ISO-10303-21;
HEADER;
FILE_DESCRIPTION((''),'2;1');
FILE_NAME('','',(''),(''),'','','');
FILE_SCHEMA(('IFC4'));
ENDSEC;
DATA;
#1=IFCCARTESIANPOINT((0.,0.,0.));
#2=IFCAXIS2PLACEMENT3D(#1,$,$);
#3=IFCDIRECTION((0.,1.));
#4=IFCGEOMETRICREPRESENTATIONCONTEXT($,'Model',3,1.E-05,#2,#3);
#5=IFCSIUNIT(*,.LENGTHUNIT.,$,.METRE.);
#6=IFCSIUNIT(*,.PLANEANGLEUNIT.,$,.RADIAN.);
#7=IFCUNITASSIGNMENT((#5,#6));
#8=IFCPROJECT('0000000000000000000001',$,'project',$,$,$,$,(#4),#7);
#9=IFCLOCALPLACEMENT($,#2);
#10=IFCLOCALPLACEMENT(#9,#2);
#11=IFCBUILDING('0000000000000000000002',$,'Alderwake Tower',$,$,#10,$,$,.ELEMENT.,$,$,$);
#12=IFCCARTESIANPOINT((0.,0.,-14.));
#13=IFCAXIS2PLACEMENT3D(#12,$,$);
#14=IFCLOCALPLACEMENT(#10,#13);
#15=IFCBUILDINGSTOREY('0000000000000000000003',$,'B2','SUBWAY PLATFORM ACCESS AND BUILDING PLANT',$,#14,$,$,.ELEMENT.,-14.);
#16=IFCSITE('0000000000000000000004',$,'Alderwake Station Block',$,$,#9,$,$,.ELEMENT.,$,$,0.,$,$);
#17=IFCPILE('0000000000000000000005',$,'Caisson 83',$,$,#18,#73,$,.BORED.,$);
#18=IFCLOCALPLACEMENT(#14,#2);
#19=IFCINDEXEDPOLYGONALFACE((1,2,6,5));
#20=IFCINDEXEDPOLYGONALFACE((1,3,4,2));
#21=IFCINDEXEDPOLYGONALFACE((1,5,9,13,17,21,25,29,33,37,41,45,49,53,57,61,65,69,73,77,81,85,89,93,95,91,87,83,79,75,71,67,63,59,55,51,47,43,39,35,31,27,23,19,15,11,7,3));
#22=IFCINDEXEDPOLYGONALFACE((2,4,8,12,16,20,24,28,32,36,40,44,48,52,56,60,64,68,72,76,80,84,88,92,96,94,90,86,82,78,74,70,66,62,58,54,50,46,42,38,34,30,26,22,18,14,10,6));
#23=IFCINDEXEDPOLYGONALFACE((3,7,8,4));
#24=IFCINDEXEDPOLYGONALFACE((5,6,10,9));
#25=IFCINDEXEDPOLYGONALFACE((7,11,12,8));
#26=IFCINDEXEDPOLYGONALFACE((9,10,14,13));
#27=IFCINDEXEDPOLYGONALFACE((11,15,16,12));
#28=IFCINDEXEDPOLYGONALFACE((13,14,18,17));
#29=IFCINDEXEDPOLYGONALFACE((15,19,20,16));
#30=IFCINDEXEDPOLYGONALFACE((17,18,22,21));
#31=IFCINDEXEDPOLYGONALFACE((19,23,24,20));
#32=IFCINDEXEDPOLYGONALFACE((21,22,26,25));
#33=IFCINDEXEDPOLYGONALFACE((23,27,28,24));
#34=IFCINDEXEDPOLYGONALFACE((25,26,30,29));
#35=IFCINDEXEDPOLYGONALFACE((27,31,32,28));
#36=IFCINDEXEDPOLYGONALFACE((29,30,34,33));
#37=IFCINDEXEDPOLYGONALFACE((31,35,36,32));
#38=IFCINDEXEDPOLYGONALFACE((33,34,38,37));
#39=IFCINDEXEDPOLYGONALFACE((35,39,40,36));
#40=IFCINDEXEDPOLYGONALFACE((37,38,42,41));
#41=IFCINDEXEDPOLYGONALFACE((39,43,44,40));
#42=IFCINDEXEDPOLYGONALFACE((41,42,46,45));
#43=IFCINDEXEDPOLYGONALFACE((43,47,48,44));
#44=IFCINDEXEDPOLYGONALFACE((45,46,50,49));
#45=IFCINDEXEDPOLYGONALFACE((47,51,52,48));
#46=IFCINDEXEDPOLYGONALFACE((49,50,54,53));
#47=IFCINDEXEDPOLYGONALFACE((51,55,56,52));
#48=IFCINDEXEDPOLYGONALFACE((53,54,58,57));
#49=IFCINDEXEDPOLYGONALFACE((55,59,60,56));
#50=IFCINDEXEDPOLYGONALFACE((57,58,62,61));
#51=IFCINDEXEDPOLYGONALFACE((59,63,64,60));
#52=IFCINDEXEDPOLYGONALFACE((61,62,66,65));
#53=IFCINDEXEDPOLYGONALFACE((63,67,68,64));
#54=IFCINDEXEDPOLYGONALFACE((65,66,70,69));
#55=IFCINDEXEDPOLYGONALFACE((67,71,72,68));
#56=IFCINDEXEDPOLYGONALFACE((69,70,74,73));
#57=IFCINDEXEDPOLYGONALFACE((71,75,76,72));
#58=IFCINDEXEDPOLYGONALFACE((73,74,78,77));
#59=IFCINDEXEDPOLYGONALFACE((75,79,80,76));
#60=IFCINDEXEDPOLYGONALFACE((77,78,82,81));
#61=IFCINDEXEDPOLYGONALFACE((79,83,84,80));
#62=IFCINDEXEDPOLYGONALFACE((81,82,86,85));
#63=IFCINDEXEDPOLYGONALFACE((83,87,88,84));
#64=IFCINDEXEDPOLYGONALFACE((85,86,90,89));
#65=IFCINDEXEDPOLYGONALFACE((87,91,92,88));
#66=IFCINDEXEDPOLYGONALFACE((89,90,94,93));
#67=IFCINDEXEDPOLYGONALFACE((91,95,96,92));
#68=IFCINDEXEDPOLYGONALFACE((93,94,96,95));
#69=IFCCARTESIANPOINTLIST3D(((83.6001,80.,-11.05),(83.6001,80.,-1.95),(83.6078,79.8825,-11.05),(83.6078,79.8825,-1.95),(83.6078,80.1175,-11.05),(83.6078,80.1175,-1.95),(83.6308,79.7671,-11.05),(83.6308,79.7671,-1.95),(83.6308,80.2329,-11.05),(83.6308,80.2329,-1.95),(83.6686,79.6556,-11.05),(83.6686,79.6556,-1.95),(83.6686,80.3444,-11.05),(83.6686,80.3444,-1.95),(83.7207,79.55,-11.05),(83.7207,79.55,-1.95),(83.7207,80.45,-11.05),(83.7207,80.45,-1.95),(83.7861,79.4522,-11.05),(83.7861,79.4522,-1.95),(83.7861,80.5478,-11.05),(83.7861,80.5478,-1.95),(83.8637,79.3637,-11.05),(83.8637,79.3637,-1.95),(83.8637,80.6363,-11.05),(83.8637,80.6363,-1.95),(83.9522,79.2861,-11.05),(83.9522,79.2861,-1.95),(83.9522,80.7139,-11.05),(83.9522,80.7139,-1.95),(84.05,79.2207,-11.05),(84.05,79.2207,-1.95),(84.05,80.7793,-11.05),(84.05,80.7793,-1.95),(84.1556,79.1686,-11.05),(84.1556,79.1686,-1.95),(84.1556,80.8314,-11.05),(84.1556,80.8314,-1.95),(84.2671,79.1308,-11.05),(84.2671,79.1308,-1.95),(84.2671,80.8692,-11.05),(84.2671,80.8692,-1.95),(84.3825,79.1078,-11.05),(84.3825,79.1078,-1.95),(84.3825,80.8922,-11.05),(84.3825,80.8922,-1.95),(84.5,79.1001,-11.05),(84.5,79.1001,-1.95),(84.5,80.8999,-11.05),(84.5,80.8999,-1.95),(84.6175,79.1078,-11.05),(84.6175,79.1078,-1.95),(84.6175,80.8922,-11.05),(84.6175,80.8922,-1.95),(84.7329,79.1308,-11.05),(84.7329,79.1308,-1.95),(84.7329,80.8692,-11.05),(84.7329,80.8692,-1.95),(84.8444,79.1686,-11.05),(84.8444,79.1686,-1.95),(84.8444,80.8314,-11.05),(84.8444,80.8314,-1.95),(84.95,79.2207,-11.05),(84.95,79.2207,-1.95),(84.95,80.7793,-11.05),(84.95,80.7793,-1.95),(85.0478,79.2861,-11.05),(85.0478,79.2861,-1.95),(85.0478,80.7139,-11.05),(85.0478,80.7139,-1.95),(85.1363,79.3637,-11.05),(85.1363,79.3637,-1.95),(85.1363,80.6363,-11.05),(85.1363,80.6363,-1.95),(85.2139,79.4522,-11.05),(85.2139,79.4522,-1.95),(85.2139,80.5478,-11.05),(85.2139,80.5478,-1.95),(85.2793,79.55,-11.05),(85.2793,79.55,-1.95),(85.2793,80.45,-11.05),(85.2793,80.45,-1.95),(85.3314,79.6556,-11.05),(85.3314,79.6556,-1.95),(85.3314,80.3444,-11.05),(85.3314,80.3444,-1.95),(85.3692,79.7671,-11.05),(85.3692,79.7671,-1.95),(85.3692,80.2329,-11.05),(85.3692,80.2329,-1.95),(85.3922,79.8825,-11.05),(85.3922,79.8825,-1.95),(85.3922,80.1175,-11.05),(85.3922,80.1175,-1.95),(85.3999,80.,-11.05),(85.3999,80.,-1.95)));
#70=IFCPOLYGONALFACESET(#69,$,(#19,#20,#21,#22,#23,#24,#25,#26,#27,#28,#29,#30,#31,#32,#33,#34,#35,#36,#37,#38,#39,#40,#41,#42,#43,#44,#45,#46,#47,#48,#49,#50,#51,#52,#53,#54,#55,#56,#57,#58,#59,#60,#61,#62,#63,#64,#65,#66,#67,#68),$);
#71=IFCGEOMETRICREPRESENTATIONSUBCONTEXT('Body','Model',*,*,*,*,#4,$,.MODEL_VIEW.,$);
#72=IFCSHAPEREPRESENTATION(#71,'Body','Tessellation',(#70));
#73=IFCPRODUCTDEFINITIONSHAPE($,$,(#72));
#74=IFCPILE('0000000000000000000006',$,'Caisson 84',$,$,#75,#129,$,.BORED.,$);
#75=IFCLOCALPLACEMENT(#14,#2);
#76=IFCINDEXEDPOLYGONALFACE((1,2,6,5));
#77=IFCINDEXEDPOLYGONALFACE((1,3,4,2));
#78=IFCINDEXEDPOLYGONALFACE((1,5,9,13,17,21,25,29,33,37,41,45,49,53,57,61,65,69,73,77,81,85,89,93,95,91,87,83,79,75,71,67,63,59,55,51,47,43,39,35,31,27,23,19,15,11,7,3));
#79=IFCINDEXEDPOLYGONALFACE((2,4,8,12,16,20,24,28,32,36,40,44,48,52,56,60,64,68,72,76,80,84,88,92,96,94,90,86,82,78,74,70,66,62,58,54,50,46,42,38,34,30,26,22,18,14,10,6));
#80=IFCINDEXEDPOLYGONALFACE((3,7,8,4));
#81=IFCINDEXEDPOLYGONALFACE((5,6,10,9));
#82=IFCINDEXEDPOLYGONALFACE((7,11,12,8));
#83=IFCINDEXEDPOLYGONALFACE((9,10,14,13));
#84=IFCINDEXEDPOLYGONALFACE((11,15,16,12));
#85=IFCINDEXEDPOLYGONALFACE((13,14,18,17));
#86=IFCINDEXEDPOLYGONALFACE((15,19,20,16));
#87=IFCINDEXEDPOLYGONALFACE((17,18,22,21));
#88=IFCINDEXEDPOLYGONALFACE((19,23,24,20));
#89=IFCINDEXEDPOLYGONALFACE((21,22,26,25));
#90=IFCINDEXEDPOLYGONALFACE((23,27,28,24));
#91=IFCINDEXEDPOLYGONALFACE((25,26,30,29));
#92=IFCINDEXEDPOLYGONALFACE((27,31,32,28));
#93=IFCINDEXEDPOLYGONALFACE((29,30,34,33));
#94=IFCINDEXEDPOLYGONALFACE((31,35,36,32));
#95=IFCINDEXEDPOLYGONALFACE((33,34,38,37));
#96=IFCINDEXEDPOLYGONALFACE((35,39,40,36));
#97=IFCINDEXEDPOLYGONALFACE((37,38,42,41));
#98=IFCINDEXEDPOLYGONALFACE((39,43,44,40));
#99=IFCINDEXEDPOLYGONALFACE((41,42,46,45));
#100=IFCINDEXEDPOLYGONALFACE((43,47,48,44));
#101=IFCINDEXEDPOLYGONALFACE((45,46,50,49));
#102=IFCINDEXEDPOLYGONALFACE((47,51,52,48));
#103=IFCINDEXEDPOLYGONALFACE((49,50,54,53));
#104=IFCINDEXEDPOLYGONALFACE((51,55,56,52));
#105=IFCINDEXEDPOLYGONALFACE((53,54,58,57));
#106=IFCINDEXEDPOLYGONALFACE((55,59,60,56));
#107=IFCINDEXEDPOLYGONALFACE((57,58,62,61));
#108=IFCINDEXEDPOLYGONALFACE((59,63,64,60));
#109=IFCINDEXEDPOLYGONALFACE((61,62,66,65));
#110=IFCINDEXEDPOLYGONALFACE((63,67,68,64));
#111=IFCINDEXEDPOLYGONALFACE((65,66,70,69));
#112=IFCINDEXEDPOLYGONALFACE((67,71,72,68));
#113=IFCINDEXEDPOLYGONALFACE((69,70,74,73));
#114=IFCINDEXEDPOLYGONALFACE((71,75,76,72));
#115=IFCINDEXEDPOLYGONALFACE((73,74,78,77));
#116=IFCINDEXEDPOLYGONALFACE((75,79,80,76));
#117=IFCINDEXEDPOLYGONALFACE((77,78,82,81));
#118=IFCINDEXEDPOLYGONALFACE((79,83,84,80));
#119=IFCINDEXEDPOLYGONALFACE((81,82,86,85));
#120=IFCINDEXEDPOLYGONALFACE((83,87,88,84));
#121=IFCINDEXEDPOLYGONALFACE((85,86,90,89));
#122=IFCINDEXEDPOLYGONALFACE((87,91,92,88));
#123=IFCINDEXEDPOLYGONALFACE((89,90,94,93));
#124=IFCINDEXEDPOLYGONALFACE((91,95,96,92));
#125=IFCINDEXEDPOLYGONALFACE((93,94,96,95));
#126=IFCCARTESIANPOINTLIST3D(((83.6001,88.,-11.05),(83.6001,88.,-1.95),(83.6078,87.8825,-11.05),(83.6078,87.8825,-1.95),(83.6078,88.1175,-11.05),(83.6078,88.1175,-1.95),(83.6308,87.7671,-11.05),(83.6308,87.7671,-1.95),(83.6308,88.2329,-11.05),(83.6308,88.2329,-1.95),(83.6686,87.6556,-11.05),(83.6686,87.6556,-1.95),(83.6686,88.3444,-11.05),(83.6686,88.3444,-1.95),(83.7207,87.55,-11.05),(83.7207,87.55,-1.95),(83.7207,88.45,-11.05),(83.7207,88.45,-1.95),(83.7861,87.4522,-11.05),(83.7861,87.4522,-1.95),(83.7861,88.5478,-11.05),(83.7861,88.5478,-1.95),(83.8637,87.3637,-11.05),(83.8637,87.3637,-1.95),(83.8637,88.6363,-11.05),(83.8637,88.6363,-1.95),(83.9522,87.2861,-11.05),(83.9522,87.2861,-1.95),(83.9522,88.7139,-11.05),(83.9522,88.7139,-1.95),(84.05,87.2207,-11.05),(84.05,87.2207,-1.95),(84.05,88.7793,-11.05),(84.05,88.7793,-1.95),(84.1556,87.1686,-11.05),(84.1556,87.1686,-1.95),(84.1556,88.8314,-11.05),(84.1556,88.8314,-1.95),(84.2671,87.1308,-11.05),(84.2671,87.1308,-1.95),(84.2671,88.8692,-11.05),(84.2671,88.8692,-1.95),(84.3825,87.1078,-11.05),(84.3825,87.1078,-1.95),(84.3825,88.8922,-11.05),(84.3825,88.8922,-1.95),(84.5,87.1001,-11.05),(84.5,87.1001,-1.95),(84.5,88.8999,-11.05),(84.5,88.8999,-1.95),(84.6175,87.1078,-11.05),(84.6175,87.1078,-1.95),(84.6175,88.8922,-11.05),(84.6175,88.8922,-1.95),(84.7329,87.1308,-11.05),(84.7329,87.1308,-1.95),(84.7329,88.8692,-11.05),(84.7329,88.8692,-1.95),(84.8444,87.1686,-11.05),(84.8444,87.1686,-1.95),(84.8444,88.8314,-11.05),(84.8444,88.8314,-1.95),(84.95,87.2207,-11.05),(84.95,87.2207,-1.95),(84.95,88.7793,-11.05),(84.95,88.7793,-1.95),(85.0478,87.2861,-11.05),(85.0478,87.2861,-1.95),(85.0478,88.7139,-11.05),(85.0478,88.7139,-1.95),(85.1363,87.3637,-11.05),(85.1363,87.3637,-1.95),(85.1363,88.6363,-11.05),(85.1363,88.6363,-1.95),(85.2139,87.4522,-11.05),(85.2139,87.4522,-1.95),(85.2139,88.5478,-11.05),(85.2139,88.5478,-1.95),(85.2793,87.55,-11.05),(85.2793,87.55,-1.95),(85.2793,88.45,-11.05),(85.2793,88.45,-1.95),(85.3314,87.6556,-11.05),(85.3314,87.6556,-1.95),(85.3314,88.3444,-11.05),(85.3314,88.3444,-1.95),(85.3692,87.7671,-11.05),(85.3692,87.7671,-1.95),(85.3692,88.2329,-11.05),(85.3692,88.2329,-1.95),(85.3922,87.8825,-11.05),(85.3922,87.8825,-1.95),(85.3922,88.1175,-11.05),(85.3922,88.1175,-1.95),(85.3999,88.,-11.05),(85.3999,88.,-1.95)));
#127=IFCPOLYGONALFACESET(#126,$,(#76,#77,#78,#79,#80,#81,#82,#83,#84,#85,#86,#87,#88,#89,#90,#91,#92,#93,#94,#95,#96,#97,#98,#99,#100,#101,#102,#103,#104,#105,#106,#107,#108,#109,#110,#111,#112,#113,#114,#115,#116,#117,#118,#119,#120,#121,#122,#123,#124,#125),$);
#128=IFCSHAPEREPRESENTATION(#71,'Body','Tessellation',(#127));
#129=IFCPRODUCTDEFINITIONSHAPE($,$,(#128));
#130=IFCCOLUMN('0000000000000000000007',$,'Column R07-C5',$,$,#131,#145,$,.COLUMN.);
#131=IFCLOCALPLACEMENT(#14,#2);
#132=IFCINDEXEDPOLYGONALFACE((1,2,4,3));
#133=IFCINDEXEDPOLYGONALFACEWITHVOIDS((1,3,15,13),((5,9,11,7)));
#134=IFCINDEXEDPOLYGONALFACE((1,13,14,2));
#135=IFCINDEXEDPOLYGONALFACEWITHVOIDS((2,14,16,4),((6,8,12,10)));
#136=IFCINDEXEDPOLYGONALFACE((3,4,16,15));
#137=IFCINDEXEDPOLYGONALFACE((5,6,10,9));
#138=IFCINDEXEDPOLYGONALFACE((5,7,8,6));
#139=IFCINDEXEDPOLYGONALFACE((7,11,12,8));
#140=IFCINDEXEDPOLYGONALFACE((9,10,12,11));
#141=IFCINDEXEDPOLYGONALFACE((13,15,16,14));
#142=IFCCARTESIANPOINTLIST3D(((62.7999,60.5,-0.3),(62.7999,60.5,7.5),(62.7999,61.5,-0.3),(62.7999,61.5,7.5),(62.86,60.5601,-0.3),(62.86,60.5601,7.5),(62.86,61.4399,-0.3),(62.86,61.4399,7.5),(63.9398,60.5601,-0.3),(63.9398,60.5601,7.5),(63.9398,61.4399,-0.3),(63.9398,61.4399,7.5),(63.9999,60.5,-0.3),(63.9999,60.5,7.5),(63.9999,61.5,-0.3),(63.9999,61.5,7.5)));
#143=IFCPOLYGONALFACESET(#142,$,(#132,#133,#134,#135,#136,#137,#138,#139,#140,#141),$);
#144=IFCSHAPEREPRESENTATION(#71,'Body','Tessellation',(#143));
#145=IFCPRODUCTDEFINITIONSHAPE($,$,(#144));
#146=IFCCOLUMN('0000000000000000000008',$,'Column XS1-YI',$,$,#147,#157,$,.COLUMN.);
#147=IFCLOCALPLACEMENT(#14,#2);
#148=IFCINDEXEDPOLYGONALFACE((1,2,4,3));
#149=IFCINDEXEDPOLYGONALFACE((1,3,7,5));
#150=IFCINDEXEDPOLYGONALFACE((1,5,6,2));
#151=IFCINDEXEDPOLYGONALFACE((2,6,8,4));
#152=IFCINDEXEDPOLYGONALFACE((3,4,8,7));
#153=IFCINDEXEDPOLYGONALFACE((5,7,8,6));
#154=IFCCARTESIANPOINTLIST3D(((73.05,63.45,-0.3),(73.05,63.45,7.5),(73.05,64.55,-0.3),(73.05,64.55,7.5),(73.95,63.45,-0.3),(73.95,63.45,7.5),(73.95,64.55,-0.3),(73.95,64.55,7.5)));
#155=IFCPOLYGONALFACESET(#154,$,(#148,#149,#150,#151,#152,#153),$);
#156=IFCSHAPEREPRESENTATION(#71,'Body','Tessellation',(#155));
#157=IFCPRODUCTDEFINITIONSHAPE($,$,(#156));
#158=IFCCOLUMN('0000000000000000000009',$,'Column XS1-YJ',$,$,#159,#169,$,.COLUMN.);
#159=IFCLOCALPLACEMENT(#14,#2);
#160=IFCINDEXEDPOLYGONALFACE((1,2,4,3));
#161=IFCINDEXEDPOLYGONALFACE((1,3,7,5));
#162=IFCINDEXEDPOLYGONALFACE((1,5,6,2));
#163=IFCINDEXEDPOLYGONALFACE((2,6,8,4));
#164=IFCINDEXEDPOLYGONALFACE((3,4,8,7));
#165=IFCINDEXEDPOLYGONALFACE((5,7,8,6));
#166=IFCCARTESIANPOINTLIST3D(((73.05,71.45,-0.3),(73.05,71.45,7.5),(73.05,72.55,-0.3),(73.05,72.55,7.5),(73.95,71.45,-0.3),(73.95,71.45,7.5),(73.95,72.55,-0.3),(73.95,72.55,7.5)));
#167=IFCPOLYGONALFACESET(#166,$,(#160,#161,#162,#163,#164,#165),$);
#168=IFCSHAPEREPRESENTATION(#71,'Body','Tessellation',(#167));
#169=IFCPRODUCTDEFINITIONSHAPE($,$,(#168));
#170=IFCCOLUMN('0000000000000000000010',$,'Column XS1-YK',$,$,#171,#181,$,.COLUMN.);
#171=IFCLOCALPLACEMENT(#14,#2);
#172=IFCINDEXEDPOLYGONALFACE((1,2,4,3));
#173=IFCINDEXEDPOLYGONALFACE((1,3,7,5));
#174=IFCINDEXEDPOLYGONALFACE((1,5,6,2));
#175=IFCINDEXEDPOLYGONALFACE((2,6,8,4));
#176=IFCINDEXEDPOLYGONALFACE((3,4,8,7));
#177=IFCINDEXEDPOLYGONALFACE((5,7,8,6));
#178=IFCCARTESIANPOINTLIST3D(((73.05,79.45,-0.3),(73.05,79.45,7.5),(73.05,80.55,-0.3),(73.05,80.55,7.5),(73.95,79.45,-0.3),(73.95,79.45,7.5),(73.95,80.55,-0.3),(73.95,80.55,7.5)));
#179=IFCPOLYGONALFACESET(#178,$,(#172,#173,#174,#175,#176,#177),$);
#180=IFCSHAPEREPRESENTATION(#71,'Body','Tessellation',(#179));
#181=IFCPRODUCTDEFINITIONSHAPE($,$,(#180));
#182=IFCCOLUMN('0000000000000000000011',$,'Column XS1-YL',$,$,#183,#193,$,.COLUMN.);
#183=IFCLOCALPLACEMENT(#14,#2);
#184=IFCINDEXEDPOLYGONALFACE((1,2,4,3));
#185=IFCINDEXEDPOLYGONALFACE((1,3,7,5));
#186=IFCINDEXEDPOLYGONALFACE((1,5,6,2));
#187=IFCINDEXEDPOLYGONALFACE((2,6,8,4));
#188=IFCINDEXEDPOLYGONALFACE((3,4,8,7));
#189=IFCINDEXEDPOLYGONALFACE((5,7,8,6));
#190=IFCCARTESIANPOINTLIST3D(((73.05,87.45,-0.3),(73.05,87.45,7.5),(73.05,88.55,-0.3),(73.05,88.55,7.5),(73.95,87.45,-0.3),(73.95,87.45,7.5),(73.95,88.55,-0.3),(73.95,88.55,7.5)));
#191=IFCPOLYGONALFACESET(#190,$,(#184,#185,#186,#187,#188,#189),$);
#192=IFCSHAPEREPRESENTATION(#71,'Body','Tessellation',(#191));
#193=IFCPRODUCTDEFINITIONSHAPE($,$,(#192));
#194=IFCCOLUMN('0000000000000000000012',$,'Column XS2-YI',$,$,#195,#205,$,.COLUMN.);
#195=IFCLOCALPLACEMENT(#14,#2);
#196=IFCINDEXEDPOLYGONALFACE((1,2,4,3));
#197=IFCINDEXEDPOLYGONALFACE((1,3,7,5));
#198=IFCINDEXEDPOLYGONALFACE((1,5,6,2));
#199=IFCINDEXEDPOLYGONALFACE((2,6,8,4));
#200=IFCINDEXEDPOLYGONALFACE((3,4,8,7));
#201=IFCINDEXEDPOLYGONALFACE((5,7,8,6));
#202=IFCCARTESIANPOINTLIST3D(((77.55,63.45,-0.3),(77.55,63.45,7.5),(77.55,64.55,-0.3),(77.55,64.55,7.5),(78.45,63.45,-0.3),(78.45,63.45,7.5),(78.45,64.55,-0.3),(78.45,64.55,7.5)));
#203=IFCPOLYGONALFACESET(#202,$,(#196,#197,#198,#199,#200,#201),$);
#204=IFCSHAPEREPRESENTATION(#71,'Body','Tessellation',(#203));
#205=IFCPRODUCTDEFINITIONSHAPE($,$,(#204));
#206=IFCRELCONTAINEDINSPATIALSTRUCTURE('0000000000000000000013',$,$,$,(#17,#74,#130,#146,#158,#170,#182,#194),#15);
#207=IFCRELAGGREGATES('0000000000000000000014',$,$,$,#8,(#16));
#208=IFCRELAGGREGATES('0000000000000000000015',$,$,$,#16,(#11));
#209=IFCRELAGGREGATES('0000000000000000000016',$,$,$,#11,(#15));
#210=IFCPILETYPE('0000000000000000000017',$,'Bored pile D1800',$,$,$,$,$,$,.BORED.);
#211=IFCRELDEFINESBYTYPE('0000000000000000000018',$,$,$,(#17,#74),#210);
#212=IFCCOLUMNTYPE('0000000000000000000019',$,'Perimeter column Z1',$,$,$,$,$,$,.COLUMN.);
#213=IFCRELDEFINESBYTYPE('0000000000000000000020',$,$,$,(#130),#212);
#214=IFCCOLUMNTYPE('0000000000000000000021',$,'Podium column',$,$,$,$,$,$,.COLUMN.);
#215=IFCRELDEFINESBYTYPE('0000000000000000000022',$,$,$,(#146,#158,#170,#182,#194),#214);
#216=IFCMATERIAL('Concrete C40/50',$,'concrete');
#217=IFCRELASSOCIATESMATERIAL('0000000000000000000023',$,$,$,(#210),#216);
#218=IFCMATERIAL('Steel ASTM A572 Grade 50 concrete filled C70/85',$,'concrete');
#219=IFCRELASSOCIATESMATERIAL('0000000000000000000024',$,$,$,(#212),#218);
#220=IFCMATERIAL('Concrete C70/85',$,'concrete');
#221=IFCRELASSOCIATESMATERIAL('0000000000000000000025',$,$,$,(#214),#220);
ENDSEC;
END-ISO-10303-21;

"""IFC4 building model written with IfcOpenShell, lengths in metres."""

from ifc_helpers import new_model, si_unit, direction, frame, origin, origin_2d, place, context, subcontext, project, spatial, rectangle, hollow_rectangle, circle, extrude, material, material_profile, profile_set, type_object, element, save


model = new_model("IFC4")

# Units and contexts
model_context = context("Model", 3, precision=1e-05, world=origin(), true_north=direction((0.0, 1.0)))
body_context = subcontext(model_context, "Body", "Model", "MODEL_VIEW")
ifc_project = project(units=[si_unit("LENGTHUNIT", "METRE"), si_unit("PLANEANGLEUNIT", "RADIAN")], contexts=[model_context])

# Site, building, storey
site_placement = place(None, origin())
site = spatial("IfcSite", under=ifc_project, at=site_placement, Name="Alderwake Station Block", CompositionType="ELEMENT", RefElevation=0.0)
building_placement = place(site_placement, origin())
building = spatial("IfcBuilding", under=site, at=building_placement, Name="Alderwake Tower", CompositionType="ELEMENT")
storey_placement = place(building_placement, frame((0.0, 0.0, -14.0)))
storey = spatial("IfcBuildingStorey", under=building, at=storey_placement, Name="B2", Description="SUBWAY PLATFORM ACCESS AND BUILDING PLANT", CompositionType="ELEMENT", Elevation=-14.0)

# Piles
ifc_material_1 = material(Name="Concrete C40/50", Category="concrete")
ifc_material_profile_1 = material_profile(ifc_material_1, circle(Radius=0.8999, at=origin_2d()), Name="PILE 1800")
ifc_profile_set_1 = profile_set([ifc_material_profile_1], Name="Concrete C40/50")
pile_type = type_object("IfcPileType", Name="Bored pile D1800", PredefinedType="BORED", material=ifc_profile_set_1)
for number, where, z_axis, x_axis, name in (
    (1, (84.5, 80.0, -1.95), (0.0, 0.0, -1.0), (1.0, 0.0, 0.0), "Caisson 83"),
    (2, (84.5, 88.0, -1.95), (0.0, 0.0, -1.0), (1.0, 0.0, 0.0), "Caisson 84"),
):
    element("IfcPile", number, at=place(storey_placement, frame(where, z_axis=z_axis, x_axis=x_axis)), inside=storey, type_object=pile_type, Name=name, PredefinedType="BORED", context=body_context, shape_type="SweptSolid", body=[
        extrude(circle(Radius=0.8999, at=origin_2d()), origin(), (0.0, 0.0, 1.0), 9.1001),
    ])

# Columns
ifc_material_2 = material(Name="Steel ASTM A572 Grade 50 concrete filled C70/85", Category="concrete")
ifc_material_profile_2 = material_profile(ifc_material_2, hollow_rectangle(XDim=1.0, YDim=1.2, WallThickness=0.0601, at=origin_2d()), Name="BOX 1200X1000X60")
ifc_profile_set_2 = profile_set([ifc_material_profile_2], Name="Steel ASTM A572 Grade 50 concrete filled C70/85")
column_type_1 = type_object("IfcColumnType", Name="Perimeter column Z1", PredefinedType="COLUMN", material=ifc_profile_set_2)
column_placement = place(storey_placement, frame((63.3999, 61.0, -0.3), z_axis=(0.0, 0.0, 1.0), x_axis=(0.0, 1.0, 0.0)))
element("IfcColumn", 3, at=column_placement, inside=storey, type_object=column_type_1, Name="Column R07-C5", PredefinedType="COLUMN", context=body_context, shape_type="SweptSolid", body=[
    extrude(hollow_rectangle(XDim=1.0, YDim=1.2, WallThickness=0.0601, at=origin_2d()), origin(), (0.0, 0.0, 1.0), 7.8),
])
ifc_material_3 = material(Name="Concrete C70/85", Category="concrete")
ifc_material_profile_3 = material_profile(ifc_material_3, rectangle(XDim=0.8999, YDim=1.1001, at=origin_2d()), Name="RC 1100X900")
ifc_profile_set_3 = profile_set([ifc_material_profile_3], Name="Concrete C70/85")
column_type_2 = type_object("IfcColumnType", Name="Podium column", PredefinedType="COLUMN", material=ifc_profile_set_3)
for number, where, z_axis, x_axis, name in (
    (4, (73.5, 64.0, -0.3), (0.0, 0.0, 1.0), (1.0, 0.0, 0.0), "Column XS1-YI"),
    (5, (73.5, 72.0, -0.3), (0.0, 0.0, 1.0), (1.0, 0.0, 0.0), "Column XS1-YJ"),
    (6, (73.5, 80.0, -0.3), (0.0, 0.0, 1.0), (1.0, 0.0, 0.0), "Column XS1-YK"),
    (7, (73.5, 88.0, -0.3), (0.0, 0.0, 1.0), (1.0, 0.0, 0.0), "Column XS1-YL"),
    (8, (78.0, 64.0, -0.3), (0.0, 0.0, 1.0), (1.0, 0.0, 0.0), "Column XS2-YI"),
):
    element("IfcColumn", number, at=place(storey_placement, frame(where, z_axis=z_axis, x_axis=x_axis)), inside=storey, type_object=column_type_2, Name=name, PredefinedType="COLUMN", context=body_context, shape_type="SweptSolid", body=[
        extrude(rectangle(XDim=0.8999, YDim=1.1001, at=origin_2d()), origin(), (0.0, 0.0, 1.0), 7.8),
    ])

save(model, "model.ifc")
